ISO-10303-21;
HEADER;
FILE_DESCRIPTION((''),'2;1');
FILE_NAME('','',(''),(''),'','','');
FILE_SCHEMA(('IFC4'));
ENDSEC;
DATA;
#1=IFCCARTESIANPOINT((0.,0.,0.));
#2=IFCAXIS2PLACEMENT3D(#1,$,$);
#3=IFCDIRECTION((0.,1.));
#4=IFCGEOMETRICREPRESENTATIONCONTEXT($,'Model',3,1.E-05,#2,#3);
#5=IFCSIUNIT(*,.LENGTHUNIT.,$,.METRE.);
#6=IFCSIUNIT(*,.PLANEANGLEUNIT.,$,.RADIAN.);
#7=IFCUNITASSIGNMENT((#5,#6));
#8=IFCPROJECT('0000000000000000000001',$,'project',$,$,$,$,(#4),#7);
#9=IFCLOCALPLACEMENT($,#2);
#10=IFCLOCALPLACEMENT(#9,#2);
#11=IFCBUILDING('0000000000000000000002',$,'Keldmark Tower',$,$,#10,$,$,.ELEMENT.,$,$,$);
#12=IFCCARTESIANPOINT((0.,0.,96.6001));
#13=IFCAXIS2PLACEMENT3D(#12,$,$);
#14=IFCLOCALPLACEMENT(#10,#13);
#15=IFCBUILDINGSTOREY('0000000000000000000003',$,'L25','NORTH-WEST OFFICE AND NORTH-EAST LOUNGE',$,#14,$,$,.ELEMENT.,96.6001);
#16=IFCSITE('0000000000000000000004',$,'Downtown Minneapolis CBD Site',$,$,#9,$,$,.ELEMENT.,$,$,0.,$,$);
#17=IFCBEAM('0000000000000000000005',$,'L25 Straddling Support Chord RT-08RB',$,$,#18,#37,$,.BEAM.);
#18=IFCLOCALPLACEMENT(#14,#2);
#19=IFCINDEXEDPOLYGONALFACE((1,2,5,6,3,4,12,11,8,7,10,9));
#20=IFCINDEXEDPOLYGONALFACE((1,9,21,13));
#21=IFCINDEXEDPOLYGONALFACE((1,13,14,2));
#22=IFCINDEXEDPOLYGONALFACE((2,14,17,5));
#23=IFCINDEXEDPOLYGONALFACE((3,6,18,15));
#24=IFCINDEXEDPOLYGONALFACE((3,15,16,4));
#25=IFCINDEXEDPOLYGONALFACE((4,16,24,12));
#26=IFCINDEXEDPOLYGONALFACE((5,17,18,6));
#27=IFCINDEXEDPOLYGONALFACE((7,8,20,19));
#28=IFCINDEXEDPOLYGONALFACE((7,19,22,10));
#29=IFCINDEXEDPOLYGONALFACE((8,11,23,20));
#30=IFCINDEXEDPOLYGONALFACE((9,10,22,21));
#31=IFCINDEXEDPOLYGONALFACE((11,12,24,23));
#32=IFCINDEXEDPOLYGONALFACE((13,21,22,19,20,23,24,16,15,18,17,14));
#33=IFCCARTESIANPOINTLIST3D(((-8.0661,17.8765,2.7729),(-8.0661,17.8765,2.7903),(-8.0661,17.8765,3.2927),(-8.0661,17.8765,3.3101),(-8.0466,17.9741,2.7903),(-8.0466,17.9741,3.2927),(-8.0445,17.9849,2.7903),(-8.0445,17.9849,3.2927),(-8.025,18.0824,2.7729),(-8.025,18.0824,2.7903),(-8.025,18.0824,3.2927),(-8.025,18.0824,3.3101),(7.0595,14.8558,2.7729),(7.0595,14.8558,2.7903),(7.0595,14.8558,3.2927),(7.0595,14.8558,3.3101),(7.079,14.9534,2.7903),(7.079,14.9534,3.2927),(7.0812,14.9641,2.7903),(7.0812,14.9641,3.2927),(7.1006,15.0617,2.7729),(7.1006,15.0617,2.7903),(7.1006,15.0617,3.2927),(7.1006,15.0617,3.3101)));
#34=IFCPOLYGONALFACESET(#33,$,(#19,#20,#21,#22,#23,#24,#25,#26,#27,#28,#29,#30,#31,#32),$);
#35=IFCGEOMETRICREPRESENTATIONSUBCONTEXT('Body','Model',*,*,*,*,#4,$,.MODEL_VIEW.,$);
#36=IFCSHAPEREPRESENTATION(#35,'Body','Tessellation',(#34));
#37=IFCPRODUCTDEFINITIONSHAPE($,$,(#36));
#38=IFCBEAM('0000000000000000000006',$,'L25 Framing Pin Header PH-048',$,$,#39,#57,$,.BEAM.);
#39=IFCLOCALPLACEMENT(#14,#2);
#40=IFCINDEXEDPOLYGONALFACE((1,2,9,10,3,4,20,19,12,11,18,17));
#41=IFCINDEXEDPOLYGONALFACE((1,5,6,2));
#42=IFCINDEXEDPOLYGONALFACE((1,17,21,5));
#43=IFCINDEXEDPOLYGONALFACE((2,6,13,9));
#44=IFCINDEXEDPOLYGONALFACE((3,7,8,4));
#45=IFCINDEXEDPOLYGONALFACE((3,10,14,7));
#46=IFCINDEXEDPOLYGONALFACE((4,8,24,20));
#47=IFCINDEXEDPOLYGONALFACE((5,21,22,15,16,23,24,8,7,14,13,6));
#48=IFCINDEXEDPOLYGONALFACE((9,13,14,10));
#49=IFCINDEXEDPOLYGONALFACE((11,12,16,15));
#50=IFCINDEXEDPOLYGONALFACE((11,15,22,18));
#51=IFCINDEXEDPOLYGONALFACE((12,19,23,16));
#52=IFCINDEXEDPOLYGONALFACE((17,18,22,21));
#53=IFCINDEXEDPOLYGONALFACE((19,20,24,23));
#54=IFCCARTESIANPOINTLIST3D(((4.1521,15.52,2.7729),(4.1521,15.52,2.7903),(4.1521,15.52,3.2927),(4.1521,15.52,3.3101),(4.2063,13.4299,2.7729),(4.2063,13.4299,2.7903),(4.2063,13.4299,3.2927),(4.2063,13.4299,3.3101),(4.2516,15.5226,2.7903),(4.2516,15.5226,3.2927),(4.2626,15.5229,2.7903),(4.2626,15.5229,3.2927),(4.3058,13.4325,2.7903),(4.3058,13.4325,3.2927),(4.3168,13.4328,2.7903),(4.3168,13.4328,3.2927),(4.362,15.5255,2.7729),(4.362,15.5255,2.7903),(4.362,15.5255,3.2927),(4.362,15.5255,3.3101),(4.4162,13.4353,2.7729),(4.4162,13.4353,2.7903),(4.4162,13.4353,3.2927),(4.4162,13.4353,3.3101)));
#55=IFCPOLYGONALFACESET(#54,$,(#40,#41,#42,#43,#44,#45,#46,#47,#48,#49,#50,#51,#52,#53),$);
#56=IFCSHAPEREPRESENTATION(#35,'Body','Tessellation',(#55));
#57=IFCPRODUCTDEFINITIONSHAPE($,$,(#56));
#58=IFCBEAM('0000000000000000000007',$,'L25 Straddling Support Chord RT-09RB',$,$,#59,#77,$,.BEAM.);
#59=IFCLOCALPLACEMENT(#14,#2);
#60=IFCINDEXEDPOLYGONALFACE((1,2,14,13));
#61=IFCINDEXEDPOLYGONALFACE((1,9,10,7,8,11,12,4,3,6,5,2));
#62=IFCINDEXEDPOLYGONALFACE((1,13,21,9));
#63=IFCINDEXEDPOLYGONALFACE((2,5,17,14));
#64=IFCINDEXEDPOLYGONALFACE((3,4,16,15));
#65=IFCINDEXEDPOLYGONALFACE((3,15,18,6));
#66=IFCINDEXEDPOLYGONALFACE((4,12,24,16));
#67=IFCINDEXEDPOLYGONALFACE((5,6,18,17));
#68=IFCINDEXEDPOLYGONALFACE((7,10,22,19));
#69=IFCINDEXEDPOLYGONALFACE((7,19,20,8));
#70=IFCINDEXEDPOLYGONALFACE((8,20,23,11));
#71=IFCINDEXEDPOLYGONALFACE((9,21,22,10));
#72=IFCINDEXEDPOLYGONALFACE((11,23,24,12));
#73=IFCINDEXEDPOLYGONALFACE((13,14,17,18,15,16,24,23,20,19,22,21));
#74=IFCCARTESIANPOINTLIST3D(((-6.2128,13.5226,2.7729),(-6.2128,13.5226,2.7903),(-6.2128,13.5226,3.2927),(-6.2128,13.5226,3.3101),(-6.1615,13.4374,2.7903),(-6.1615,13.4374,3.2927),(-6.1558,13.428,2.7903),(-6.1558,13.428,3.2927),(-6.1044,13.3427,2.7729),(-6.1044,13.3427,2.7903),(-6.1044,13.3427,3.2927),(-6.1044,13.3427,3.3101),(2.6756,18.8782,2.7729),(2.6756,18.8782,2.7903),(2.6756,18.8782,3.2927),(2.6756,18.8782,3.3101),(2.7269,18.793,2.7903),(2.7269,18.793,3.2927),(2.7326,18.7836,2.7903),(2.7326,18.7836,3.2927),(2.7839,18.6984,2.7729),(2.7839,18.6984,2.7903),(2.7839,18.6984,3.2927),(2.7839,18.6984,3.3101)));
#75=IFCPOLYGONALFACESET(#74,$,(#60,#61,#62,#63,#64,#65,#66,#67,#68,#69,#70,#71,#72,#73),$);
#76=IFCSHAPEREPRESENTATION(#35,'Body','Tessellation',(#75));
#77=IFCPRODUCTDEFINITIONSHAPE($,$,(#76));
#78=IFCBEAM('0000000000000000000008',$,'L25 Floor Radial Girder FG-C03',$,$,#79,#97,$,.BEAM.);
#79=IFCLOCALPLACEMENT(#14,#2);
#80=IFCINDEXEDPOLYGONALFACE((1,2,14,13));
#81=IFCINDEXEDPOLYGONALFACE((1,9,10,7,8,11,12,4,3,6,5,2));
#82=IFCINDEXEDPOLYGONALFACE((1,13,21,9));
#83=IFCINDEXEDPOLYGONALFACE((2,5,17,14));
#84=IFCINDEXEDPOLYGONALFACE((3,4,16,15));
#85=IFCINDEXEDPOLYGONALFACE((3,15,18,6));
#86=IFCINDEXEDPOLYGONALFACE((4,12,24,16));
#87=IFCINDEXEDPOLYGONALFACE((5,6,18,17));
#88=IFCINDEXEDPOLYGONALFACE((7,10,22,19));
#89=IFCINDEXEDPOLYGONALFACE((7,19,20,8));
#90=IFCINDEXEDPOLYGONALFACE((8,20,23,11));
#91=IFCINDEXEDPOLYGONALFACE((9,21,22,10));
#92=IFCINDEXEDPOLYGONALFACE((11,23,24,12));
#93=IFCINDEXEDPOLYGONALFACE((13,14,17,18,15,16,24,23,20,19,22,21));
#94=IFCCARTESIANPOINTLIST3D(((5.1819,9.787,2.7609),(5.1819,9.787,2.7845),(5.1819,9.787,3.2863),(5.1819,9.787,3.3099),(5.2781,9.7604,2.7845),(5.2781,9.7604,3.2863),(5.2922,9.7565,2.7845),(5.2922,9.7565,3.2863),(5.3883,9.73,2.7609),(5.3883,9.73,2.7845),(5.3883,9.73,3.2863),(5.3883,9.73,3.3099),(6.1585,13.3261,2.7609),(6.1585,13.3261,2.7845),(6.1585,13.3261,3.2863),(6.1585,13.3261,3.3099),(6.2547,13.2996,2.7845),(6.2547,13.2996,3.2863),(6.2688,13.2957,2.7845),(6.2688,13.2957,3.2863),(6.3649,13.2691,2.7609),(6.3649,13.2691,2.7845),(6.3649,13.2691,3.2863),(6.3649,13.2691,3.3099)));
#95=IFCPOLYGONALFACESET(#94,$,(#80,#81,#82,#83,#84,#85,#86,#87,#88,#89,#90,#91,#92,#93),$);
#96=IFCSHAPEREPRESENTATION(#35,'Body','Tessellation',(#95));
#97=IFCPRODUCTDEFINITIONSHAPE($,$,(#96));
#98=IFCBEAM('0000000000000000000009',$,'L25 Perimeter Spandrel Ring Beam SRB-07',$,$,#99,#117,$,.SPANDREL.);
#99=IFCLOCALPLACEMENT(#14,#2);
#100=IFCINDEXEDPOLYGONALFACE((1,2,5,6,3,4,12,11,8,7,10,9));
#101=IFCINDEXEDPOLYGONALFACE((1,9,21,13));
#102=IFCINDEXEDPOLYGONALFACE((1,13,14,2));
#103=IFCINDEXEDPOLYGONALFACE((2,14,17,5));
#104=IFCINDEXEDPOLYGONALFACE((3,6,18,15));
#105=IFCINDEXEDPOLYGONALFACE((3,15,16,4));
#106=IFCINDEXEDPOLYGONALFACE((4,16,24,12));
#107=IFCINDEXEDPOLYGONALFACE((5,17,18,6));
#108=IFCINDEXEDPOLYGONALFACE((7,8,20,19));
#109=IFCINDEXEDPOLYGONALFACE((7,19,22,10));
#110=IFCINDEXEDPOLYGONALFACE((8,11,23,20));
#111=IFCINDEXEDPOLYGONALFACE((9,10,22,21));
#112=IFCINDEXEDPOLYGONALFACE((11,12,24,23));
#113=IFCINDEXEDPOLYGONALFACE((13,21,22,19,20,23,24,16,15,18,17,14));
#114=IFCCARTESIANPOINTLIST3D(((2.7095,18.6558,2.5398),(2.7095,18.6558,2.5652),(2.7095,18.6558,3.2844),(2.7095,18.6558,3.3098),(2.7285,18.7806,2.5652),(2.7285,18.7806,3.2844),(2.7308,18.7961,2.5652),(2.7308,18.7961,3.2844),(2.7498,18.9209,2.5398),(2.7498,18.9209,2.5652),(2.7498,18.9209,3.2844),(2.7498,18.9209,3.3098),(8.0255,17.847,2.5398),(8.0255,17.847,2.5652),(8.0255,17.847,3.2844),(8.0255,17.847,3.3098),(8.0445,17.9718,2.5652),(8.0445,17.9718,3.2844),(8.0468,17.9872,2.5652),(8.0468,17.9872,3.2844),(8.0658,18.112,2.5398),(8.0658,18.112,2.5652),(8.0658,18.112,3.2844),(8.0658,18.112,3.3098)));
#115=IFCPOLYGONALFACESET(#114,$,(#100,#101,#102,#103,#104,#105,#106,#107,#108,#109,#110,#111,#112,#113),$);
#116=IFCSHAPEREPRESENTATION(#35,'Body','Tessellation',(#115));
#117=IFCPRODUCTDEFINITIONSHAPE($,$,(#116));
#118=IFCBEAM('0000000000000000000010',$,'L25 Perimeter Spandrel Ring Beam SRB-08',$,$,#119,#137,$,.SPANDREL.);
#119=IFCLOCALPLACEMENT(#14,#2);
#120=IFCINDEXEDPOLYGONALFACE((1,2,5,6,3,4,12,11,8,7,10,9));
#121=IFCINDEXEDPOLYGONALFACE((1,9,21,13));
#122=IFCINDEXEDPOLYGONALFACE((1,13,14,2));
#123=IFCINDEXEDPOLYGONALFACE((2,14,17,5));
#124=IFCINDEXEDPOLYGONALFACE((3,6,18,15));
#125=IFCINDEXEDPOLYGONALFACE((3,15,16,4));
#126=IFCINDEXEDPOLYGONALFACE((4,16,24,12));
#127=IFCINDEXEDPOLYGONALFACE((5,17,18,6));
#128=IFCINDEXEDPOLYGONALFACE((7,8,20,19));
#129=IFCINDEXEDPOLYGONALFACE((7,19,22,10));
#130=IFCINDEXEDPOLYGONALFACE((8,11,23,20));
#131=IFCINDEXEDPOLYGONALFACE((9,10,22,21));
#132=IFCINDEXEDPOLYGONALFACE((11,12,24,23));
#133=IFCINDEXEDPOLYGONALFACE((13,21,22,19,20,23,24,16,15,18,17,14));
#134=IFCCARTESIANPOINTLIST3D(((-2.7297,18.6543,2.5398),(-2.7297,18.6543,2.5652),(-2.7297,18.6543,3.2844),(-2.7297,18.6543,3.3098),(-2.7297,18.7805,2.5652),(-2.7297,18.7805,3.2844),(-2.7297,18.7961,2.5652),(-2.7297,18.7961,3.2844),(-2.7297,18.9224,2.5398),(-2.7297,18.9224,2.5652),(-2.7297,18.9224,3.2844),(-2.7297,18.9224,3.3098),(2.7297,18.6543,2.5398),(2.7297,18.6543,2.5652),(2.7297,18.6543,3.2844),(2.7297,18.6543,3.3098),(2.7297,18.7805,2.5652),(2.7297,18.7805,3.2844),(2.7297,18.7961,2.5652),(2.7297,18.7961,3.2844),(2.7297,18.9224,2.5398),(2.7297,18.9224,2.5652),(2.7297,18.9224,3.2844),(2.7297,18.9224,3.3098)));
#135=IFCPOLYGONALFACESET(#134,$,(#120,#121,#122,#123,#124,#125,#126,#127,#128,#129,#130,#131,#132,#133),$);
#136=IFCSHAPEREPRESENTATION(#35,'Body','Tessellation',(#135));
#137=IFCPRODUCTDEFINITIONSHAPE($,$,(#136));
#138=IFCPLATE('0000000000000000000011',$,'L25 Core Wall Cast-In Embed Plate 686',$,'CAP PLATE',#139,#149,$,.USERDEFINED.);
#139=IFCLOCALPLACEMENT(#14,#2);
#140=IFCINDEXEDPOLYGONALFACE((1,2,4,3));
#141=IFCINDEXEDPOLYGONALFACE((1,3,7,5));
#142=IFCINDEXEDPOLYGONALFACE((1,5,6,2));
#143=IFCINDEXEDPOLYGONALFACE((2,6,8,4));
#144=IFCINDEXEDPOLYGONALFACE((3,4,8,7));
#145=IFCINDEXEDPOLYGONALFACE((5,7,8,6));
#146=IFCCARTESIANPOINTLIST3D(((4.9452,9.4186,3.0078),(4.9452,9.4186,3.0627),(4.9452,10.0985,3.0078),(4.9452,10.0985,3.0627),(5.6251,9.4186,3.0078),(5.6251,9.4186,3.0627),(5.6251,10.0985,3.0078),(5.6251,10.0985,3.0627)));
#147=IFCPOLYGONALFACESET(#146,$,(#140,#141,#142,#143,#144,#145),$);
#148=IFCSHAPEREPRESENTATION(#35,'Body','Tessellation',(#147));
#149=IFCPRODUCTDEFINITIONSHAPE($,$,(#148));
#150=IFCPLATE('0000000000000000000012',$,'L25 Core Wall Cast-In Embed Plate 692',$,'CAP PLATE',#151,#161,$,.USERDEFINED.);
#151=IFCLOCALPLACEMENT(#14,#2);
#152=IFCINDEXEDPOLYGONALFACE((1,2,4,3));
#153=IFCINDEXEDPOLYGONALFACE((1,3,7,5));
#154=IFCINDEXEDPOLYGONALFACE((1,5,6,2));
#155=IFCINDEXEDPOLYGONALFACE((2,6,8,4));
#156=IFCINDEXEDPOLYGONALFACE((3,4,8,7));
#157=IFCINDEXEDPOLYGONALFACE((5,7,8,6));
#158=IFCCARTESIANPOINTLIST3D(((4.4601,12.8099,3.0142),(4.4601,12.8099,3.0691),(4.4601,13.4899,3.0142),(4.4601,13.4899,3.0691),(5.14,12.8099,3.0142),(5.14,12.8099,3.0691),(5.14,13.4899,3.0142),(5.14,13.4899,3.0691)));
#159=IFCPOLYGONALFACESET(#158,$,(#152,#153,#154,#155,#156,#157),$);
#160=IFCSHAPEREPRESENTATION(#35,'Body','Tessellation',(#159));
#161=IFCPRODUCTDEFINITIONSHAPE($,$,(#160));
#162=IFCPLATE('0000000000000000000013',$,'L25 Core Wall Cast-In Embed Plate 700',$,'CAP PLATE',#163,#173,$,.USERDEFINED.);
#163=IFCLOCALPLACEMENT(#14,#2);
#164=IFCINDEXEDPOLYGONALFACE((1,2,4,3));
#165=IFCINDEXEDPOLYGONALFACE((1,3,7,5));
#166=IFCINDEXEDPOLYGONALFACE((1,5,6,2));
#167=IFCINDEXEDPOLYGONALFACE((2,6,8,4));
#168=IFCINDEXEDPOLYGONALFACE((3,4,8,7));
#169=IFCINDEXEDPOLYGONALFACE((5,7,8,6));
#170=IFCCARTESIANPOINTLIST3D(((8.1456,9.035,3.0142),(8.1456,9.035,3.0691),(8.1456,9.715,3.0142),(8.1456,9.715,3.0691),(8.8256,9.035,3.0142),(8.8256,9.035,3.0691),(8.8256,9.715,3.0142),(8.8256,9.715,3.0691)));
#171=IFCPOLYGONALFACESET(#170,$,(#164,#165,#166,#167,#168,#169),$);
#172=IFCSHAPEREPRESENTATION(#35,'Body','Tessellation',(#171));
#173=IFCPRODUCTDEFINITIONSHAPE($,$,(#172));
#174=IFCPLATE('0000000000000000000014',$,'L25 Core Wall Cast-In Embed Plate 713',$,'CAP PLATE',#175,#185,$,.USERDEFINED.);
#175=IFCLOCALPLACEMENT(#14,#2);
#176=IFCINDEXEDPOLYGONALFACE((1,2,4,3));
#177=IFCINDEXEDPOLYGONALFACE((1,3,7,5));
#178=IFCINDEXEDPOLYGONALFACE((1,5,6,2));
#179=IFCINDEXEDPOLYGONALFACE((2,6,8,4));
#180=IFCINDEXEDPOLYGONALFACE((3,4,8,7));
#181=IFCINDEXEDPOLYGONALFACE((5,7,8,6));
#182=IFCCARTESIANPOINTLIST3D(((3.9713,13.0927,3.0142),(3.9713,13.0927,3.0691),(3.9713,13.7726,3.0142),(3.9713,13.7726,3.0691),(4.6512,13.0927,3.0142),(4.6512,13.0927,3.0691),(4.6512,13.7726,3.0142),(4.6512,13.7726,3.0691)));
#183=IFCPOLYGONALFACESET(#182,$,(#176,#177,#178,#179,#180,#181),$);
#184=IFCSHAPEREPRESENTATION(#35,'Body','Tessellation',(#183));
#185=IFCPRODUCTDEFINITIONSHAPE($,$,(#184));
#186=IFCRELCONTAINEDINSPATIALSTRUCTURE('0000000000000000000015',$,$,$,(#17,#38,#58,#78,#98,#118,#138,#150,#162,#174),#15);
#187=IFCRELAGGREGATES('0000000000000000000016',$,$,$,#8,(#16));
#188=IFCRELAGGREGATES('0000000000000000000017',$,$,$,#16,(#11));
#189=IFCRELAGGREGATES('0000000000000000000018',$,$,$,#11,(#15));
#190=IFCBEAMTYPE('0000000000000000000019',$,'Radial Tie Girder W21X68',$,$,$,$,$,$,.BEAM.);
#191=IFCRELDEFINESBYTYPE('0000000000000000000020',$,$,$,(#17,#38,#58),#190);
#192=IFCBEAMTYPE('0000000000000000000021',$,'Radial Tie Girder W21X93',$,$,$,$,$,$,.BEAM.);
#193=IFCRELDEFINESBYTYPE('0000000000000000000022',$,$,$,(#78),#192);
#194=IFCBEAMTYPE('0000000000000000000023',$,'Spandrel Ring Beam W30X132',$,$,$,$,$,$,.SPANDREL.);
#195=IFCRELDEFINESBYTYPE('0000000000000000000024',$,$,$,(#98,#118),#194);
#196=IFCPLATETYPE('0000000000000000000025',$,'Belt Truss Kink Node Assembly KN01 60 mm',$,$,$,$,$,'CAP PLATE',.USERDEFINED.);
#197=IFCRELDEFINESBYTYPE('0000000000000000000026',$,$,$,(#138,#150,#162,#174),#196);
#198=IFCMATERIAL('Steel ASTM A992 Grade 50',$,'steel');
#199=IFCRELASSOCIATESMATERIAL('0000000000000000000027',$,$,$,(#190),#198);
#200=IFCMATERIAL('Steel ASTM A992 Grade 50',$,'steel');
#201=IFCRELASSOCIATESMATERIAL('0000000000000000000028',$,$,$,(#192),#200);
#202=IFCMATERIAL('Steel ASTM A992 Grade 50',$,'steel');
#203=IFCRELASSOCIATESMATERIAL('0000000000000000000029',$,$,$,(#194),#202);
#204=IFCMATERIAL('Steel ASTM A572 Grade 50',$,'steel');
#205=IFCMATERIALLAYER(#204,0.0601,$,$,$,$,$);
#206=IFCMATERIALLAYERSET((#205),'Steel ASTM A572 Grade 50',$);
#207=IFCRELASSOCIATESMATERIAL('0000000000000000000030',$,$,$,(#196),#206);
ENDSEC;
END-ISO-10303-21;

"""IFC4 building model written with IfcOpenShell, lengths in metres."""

from ifc_helpers import new_model, si_unit, direction, frame, origin, origin_2d, place, context, subcontext, project, spatial, rectangle, i_section, extrude, material, layer, layer_set, material_profile, profile_set, type_object, element, save


model = new_model("IFC4")

# Units and contexts
model_context = context("Model", 3, precision=1e-05, world=origin(), true_north=direction((0.0, 1.0)))
body_context = subcontext(model_context, "Body", "Model", "MODEL_VIEW")
ifc_project = project(units=[si_unit("LENGTHUNIT", "METRE"), si_unit("PLANEANGLEUNIT", "RADIAN")], contexts=[model_context])

# Site, building, storey
site_placement = place(None, origin())
site = spatial("IfcSite", under=ifc_project, at=site_placement, Name="Downtown Minneapolis CBD Site", CompositionType="ELEMENT", RefElevation=0.0)
building_placement = place(site_placement, origin())
building = spatial("IfcBuilding", under=site, at=building_placement, Name="Keldmark Tower", CompositionType="ELEMENT")
storey_placement = place(building_placement, frame((0.0, 0.0, 96.6001)))
storey = spatial("IfcBuildingStorey", under=building, at=storey_placement, Name="L25", Description="NORTH-WEST OFFICE AND NORTH-EAST LOUNGE", CompositionType="ELEMENT", Elevation=96.6001)

# Beams
ifc_material_1 = material(Name="Steel ASTM A992 Grade 50", Category="steel")
ifc_material_profile_1 = material_profile(ifc_material_1, i_section(OverallWidth=0.21, OverallDepth=0.5371, WebThickness=0.011, FlangeThickness=0.0173, at=origin_2d()), Name="W21X68")
ifc_profile_set_1 = profile_set([ifc_material_profile_1], Name="Steel ASTM A992 Grade 50")
beam_type_1 = type_object("IfcBeamType", Name="Radial Tie Girder W21X68", PredefinedType="BEAM", material=ifc_profile_set_1)
beam_1_placement = place(storey_placement, frame((7.0801, 14.9587, 3.0415), z_axis=(-0.980635, 0.195842, 0.0), x_axis=(-0.195842, -0.980635, 0.0)))
element("IfcBeam", 1, at=beam_1_placement, inside=storey, type_object=beam_type_1, Name="L25 Straddling Support Chord RT-08RB", PredefinedType="BEAM", context=body_context, shape_type="SweptSolid", body=[
    extrude(i_section(OverallWidth=0.21, OverallDepth=0.5371, WebThickness=0.011, FlangeThickness=0.0173, at=origin_2d()), origin(), (0.0, 0.0, 1.0), 15.4243),
])
beam_2_placement = place(storey_placement, frame((4.3113, 13.4326, 3.0415), z_axis=(-0.025923, 0.999664, 0.0), x_axis=(-0.999664, -0.025923, 0.0)))
element("IfcBeam", 2, at=beam_2_placement, inside=storey, type_object=beam_type_1, Name="L25 Framing Pin Header PH-048", PredefinedType="BEAM", context=body_context, shape_type="SweptSolid", body=[
    extrude(i_section(OverallWidth=0.21, OverallDepth=0.5371, WebThickness=0.011, FlangeThickness=0.0173, at=origin_2d()), origin(), (0.0, 0.0, 1.0), 2.0908),
])
beam_3_placement = place(storey_placement, frame((2.7297, 18.7883, 3.0415), z_axis=(-0.856528, -0.5161, 0.0), x_axis=(0.5161, -0.856528, 0.0)))
element("IfcBeam", 3, at=beam_3_placement, inside=storey, type_object=beam_type_1, Name="L25 Straddling Support Chord RT-09RB", PredefinedType="BEAM", context=body_context, shape_type="SweptSolid", body=[
    extrude(i_section(OverallWidth=0.21, OverallDepth=0.5371, WebThickness=0.011, FlangeThickness=0.0173, at=origin_2d()), origin(), (0.0, 0.0, 1.0), 10.3772),
])
ifc_material_2 = material(Name="Steel ASTM A992 Grade 50", Category="steel")
ifc_material_profile_2 = material_profile(ifc_material_2, i_section(OverallWidth=0.2141, OverallDepth=0.5491, WebThickness=0.0146, FlangeThickness=0.0237, at=origin_2d()), Name="W21X93")
ifc_profile_set_2 = profile_set([ifc_material_profile_2], Name="Steel ASTM A992 Grade 50")
beam_type_2 = type_object("IfcBeamType", Name="Radial Tie Girder W21X93", PredefinedType="BEAM", material=ifc_profile_set_2)
beam_4_placement = place(storey_placement, frame((6.2617, 13.2976, 3.0354), z_axis=(-0.265997, -0.963974, 0.0), x_axis=(0.963974, -0.265997, 0.0)))
element("IfcBeam", 4, at=beam_4_placement, inside=storey, type_object=beam_type_2, Name="L25 Floor Radial Girder FG-C03", PredefinedType="BEAM", context=body_context, shape_type="SweptSolid", body=[
    extrude(i_section(OverallWidth=0.2141, OverallDepth=0.5491, WebThickness=0.0146, FlangeThickness=0.0237, at=origin_2d()), origin(), (0.0, 0.0, 1.0), 3.6714),
])
ifc_material_3 = material(Name="Steel ASTM A992 Grade 50", Category="steel")
ifc_material_profile_3 = material_profile(ifc_material_3, i_section(OverallWidth=0.2681, OverallDepth=0.77, WebThickness=0.0156, FlangeThickness=0.0254, at=origin_2d()), Name="W30X132")
ifc_profile_set_3 = profile_set([ifc_material_profile_3], Name="Steel ASTM A992 Grade 50")
beam_type_3 = type_object("IfcBeamType", Name="Spandrel Ring Beam W30X132", PredefinedType="SPANDREL", material=ifc_profile_set_3)
beam_5_placement = place(storey_placement, frame((8.0457, 17.9795, 2.9248), z_axis=(-0.988622, 0.150423, 0.0), x_axis=(-0.150423, -0.988622, 0.0)))
element("IfcBeam", 5, at=beam_5_placement, inside=storey, type_object=beam_type_3, Name="L25 Perimeter Spandrel Ring Beam SRB-07", PredefinedType="SPANDREL", context=body_context, shape_type="SweptSolid", body=[
    extrude(i_section(OverallWidth=0.2681, OverallDepth=0.77, WebThickness=0.0156, FlangeThickness=0.0254, at=origin_2d()), origin(), (0.0, 0.0, 1.0), 5.3772),
])
beam_6_placement = place(storey_placement, frame((2.7297, 18.7883, 2.9248), z_axis=(-1.0, 0.0, 0.0), x_axis=(0.0, -1.0, 0.0)))
element("IfcBeam", 6, at=beam_6_placement, inside=storey, type_object=beam_type_3, Name="L25 Perimeter Spandrel Ring Beam SRB-08", PredefinedType="SPANDREL", context=body_context, shape_type="SweptSolid", body=[
    extrude(i_section(OverallWidth=0.2681, OverallDepth=0.77, WebThickness=0.0156, FlangeThickness=0.0254, at=origin_2d()), origin(), (0.0, 0.0, 1.0), 5.4595),
])

# Plates
ifc_material_4 = material(Name="Steel ASTM A572 Grade 50", Category="steel")
ifc_layer_1 = layer(ifc_material_4, 0.0601)
ifc_layer_set_1 = layer_set([ifc_layer_1], Name="Steel ASTM A572 Grade 50")
plate_type_1 = type_object("IfcPlateType", Name="Belt Truss Kink Node Assembly KN01 60 mm", ElementType="CAP PLATE", PredefinedType="USERDEFINED", material=ifc_layer_set_1)
for number, where, z_axis, x_axis, name in (
    (7, (5.2852, 9.7585, 3.0078), (0.0, 0.0, 1.0), (1.0, 0.0, 0.0), "L25 Core Wall Cast-In Embed Plate 686"),
    (8, (4.8, 13.1499, 3.0142), (0.0, 0.0, 1.0), (1.0, 0.0, 0.0), "L25 Core Wall Cast-In Embed Plate 692"),
    (9, (8.4856, 9.375, 3.0142), (0.0, 0.0, 1.0), (1.0, 0.0, 0.0), "L25 Core Wall Cast-In Embed Plate 700"),
    (10, (4.3113, 13.4326, 3.0142), (0.0, 0.0, 1.0), (1.0, 0.0, 0.0), "L25 Core Wall Cast-In Embed Plate 713"),
):
    element("IfcPlate", number, at=place(storey_placement, frame(where, z_axis=z_axis, x_axis=x_axis)), inside=storey, type_object=plate_type_1, Name=name, ObjectType="CAP PLATE", PredefinedType="USERDEFINED", context=body_context, shape_type="SweptSolid", body=[
        extrude(rectangle(XDim=0.6799, YDim=0.6799, at=origin_2d()), origin(), (0.0, 0.0, 1.0), 0.0549),
    ])

save(model, "model.ifc")
